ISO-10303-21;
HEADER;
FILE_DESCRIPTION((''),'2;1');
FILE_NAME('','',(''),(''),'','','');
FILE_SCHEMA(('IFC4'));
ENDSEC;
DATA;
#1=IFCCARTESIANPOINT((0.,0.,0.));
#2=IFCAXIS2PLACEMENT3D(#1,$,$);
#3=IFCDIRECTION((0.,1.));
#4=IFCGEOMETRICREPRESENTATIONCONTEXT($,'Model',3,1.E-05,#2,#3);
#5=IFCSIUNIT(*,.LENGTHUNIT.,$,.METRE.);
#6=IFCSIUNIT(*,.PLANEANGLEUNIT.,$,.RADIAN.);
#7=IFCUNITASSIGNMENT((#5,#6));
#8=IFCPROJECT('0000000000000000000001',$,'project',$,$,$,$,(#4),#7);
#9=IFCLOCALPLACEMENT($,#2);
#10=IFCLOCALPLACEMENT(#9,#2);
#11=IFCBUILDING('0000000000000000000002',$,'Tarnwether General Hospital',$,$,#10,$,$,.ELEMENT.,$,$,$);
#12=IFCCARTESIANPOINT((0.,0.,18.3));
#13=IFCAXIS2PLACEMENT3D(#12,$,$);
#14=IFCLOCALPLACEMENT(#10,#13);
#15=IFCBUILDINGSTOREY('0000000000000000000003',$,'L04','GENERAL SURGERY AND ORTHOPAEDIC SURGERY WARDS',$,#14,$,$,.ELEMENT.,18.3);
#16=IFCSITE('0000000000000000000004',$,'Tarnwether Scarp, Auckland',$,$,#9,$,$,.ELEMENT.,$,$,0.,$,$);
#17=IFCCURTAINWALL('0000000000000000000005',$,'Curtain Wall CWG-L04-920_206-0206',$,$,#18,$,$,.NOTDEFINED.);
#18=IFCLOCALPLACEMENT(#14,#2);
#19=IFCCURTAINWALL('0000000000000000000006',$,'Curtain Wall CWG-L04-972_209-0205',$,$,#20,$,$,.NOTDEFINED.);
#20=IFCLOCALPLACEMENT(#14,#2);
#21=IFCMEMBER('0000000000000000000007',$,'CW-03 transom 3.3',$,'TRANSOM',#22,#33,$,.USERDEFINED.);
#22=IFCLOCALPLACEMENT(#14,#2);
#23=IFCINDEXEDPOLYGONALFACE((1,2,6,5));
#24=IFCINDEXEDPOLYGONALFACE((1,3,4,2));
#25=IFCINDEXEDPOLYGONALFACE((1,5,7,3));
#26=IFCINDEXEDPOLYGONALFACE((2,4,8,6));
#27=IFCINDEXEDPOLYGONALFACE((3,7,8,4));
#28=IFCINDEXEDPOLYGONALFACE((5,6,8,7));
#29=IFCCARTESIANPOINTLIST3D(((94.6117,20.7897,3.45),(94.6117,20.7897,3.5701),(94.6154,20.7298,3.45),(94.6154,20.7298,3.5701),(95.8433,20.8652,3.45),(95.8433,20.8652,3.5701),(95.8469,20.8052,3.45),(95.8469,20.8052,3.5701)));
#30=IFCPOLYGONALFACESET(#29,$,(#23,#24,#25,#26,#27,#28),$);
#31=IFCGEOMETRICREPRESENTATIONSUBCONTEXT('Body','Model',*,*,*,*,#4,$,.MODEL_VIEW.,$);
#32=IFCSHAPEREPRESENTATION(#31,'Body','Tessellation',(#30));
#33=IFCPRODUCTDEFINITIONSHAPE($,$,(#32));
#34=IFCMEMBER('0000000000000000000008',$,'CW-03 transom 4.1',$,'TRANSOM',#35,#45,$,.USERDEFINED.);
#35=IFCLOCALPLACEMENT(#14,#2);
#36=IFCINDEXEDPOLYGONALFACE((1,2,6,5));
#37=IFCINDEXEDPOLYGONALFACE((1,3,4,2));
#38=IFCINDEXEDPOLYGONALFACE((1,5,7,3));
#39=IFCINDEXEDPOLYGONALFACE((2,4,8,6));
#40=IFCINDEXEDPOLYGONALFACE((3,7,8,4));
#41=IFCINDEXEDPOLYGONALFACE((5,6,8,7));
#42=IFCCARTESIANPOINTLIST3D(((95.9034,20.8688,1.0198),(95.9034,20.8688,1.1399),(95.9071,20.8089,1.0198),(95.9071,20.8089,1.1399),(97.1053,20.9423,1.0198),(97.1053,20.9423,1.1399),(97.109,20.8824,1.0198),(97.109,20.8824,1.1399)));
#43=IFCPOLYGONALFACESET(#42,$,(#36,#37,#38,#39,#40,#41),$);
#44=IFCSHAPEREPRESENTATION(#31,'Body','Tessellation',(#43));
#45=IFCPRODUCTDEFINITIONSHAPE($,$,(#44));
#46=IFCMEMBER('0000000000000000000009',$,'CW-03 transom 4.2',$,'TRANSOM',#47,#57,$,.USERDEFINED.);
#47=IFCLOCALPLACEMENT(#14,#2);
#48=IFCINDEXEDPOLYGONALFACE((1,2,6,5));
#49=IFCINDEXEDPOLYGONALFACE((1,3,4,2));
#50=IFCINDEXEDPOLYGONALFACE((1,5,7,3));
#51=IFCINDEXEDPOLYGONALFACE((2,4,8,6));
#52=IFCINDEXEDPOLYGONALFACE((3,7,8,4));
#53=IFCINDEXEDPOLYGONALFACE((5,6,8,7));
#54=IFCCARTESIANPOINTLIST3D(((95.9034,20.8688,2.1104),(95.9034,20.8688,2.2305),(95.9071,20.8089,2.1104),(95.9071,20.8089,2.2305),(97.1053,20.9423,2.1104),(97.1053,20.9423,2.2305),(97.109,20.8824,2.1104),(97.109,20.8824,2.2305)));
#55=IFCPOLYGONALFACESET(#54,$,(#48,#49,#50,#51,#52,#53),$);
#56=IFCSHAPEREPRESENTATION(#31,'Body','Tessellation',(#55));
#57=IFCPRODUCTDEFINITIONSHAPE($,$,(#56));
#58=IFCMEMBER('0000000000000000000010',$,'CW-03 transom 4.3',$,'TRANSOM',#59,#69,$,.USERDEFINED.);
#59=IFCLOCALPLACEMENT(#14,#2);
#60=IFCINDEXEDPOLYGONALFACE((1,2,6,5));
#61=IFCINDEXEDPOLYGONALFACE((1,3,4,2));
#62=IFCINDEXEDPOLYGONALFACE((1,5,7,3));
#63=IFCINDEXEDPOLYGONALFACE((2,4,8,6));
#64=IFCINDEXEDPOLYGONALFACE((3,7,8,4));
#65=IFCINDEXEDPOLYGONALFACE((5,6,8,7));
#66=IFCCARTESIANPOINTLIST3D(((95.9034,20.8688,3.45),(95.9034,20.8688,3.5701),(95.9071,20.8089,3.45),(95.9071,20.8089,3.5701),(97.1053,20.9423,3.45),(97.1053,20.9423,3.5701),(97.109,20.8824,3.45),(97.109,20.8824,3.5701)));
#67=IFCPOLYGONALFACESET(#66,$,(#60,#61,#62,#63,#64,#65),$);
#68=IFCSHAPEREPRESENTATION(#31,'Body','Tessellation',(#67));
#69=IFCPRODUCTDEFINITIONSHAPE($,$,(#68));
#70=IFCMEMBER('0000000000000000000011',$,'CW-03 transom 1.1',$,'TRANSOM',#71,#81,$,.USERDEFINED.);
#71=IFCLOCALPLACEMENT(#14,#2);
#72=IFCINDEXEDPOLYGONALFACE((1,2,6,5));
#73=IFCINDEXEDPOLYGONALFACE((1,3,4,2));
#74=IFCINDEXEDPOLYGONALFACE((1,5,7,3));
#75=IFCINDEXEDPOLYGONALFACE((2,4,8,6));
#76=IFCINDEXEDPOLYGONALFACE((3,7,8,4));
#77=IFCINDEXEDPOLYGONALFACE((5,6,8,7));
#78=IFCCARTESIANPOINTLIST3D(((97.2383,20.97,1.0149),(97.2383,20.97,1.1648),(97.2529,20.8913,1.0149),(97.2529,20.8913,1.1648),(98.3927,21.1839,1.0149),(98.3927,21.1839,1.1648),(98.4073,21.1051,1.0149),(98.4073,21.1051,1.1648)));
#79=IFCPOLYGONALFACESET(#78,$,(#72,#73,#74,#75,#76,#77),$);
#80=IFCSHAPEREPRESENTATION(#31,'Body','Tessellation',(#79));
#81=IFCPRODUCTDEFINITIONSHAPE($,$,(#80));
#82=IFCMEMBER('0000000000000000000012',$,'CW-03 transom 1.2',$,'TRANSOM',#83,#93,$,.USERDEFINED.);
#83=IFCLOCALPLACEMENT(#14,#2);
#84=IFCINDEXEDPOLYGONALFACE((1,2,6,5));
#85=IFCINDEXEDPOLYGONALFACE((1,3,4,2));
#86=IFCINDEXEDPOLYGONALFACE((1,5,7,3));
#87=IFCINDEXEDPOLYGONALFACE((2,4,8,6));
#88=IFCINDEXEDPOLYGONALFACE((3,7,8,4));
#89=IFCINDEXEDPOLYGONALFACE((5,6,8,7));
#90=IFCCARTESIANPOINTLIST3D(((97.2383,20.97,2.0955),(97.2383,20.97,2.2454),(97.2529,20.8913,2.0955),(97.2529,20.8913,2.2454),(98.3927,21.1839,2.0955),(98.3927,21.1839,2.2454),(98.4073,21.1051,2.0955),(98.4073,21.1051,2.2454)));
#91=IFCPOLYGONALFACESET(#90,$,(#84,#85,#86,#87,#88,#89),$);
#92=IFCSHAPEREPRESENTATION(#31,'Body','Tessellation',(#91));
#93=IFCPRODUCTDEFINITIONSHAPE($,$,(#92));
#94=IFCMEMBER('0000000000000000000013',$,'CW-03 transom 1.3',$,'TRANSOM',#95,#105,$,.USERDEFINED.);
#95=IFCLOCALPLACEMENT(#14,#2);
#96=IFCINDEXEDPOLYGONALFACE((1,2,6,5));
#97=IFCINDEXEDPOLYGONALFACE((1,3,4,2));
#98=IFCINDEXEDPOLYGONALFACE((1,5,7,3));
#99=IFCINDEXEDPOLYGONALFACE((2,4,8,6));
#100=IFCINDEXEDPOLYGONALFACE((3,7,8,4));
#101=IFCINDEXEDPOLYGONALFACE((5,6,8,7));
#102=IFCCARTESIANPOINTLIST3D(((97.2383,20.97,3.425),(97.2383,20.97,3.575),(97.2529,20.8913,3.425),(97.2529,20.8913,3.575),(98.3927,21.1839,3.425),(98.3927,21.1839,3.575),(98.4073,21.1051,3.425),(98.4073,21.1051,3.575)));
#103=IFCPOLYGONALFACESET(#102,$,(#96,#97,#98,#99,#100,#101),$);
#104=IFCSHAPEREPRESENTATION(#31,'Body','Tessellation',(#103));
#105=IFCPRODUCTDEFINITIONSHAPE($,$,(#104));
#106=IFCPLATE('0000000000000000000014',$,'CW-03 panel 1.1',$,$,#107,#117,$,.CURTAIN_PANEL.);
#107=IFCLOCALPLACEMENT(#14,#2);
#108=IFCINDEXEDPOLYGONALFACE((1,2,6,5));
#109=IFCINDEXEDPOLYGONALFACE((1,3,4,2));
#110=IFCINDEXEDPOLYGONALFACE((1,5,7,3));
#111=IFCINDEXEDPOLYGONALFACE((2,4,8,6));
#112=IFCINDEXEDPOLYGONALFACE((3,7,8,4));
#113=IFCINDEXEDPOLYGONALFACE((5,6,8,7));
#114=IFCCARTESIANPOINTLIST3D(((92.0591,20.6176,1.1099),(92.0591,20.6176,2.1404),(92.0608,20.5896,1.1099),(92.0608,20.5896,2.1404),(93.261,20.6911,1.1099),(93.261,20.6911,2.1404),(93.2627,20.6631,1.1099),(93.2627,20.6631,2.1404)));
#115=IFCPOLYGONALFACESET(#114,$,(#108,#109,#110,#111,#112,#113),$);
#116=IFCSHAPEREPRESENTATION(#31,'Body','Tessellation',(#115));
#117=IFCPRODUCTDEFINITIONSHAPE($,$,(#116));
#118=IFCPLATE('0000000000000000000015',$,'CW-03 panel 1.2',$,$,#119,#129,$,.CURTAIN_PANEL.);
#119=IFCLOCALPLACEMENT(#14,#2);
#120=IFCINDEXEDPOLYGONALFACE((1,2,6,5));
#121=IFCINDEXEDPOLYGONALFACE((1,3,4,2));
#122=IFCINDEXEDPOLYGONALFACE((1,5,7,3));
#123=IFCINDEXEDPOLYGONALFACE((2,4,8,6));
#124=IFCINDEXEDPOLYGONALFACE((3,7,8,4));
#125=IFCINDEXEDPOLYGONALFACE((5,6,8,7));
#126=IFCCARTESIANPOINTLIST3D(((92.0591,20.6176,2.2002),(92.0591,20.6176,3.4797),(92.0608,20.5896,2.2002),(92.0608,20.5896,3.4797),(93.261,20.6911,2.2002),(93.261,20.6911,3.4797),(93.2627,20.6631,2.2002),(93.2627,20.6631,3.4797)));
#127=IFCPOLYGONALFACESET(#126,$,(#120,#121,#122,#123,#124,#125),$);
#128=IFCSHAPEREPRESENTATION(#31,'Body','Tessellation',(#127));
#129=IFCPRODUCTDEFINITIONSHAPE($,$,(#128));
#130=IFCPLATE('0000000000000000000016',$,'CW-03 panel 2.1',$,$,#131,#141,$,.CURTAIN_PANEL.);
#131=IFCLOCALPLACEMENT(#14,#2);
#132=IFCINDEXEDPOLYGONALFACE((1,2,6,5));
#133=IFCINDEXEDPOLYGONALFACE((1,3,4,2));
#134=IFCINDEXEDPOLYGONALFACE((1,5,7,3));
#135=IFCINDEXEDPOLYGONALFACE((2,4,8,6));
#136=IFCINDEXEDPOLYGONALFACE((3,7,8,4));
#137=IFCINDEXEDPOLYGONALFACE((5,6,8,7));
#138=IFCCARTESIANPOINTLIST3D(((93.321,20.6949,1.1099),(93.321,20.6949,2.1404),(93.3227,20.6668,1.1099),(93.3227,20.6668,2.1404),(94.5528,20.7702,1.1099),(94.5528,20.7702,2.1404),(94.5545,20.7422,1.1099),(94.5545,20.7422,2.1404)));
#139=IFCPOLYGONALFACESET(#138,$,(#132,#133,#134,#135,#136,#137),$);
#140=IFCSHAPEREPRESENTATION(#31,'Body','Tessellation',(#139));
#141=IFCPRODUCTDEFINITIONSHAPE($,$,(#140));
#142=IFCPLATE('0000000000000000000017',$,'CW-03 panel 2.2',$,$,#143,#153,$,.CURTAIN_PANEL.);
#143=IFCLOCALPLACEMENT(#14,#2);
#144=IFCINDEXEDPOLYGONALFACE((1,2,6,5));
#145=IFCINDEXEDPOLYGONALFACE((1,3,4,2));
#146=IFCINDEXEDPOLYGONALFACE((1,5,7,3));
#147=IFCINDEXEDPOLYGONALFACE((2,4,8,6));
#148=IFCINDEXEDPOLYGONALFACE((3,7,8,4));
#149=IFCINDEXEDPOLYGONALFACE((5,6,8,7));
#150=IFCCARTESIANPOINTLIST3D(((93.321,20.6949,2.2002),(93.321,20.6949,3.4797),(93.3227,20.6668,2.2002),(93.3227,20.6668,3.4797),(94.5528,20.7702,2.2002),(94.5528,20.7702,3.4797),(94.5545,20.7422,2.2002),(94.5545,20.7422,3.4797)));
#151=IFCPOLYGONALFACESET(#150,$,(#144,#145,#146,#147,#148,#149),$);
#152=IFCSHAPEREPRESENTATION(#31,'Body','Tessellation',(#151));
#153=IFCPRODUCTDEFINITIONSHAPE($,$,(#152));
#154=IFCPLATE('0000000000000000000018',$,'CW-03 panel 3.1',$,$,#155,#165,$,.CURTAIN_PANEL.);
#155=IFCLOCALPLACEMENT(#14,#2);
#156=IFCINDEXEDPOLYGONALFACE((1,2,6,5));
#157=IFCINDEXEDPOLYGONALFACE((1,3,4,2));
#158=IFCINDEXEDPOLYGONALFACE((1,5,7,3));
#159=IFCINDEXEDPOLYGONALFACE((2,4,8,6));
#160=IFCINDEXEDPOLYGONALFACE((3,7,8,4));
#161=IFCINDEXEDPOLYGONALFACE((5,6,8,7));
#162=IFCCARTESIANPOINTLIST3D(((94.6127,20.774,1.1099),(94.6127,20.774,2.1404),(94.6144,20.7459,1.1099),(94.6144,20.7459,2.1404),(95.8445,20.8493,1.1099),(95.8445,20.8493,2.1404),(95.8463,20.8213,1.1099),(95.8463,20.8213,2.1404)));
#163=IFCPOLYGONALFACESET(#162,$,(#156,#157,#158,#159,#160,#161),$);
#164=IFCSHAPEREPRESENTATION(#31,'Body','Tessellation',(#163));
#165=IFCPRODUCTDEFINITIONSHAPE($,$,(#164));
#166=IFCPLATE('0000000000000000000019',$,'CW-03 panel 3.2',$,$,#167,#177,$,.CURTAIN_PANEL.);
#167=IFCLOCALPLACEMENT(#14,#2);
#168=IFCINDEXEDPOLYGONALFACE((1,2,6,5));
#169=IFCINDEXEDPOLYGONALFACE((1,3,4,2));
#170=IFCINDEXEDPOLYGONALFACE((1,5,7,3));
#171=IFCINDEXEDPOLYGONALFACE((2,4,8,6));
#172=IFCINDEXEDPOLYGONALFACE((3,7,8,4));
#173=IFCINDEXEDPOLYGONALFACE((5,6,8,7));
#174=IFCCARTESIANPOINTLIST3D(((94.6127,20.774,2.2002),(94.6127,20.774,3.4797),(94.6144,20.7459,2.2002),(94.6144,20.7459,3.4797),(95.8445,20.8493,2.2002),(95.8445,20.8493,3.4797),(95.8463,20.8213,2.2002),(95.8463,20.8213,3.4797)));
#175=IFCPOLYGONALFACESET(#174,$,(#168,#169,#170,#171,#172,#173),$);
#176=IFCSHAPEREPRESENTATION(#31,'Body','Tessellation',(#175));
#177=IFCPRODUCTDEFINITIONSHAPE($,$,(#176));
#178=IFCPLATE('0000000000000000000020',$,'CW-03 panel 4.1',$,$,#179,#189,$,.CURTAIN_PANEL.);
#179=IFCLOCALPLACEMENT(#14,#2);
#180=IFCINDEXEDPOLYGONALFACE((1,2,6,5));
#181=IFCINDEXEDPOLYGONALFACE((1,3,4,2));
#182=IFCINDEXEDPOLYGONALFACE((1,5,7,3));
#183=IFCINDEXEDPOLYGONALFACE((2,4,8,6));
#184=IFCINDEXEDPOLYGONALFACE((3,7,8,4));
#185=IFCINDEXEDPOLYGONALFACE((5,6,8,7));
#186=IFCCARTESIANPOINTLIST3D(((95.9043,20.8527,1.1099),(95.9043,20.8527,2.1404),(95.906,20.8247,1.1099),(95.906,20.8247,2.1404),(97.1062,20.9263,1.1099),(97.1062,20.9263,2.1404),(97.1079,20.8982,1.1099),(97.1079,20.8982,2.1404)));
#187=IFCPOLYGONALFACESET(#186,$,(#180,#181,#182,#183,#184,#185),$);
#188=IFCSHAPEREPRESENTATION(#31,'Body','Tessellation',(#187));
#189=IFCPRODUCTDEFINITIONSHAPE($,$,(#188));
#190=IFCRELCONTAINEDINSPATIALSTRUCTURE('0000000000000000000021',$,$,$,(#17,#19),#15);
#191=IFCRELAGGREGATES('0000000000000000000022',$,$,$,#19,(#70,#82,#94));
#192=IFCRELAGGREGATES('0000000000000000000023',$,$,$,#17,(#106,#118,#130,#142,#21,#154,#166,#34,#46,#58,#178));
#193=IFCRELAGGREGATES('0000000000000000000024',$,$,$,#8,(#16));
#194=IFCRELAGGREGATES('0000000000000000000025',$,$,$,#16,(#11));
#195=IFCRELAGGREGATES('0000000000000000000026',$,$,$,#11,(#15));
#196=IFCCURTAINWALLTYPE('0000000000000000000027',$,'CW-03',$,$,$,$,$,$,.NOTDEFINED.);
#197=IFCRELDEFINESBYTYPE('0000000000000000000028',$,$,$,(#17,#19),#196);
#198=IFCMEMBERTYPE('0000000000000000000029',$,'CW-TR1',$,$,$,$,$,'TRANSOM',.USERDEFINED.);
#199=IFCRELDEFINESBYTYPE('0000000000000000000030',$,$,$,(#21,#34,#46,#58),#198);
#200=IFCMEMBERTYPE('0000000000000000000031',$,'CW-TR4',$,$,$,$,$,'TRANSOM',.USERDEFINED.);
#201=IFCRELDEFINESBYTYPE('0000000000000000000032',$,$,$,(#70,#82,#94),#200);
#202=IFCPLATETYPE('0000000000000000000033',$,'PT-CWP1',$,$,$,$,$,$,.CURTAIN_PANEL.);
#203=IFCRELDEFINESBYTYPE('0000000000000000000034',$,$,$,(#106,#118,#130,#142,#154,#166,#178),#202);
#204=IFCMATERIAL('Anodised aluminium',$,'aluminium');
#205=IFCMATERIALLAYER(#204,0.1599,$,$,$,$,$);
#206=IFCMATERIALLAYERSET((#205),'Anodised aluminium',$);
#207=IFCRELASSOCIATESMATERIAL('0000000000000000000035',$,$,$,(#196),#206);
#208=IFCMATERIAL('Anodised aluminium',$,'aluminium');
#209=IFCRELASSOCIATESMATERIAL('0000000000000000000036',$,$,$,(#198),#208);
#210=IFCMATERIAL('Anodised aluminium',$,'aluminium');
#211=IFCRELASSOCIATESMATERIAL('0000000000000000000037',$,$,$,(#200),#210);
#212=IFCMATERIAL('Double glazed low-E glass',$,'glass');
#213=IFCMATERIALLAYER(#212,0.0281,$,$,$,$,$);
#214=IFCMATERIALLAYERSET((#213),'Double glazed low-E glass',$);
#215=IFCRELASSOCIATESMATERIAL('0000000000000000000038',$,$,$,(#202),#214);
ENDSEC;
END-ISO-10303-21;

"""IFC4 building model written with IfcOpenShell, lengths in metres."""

from ifc_helpers import new_model, si_unit, direction, frame, origin, origin_2d, place, context, subcontext, project, spatial, rectangle, extrude, material, layer, layer_set, material_profile, profile_set, type_object, element, aggregate, save


model = new_model("IFC4")

# Units and contexts
model_context = context("Model", 3, precision=1e-05, world=origin(), true_north=direction((0.0, 1.0)))
body_context = subcontext(model_context, "Body", "Model", "MODEL_VIEW")
ifc_project = project(units=[si_unit("LENGTHUNIT", "METRE"), si_unit("PLANEANGLEUNIT", "RADIAN")], contexts=[model_context])

# Site, building, storey
site_placement = place(None, origin())
site = spatial("IfcSite", under=ifc_project, at=site_placement, Name="Tarnwether Scarp, Auckland", CompositionType="ELEMENT", RefElevation=0.0)
building_placement = place(site_placement, origin())
building = spatial("IfcBuilding", under=site, at=building_placement, Name="Tarnwether General Hospital", CompositionType="ELEMENT")
storey_placement = place(building_placement, frame((0.0, 0.0, 18.3)))
storey = spatial("IfcBuildingStorey", under=building, at=storey_placement, Name="L04", Description="GENERAL SURGERY AND ORTHOPAEDIC SURGERY WARDS", CompositionType="ELEMENT", Elevation=18.3)

# Curtain wall
ifc_material_1 = material(Name="Anodised aluminium", Category="aluminium")
ifc_layer_1 = layer(ifc_material_1, 0.1599)
ifc_layer_set_1 = layer_set([ifc_layer_1], Name="Anodised aluminium")
curtain_wall_type = type_object("IfcCurtainWallType", Name="CW-03", PredefinedType="NOTDEFINED", material=ifc_layer_set_1)
curtain_wall_1_placement = place(storey_placement, origin())
curtain_wall_1 = element("IfcCurtainWall", 1, at=curtain_wall_1_placement, inside=storey, type_object=curtain_wall_type, Name="Curtain Wall CWG-L04-920_206-0206", PredefinedType="NOTDEFINED")

# Curtain wall
curtain_wall_2_placement = place(storey_placement, origin())
curtain_wall_2 = element("IfcCurtainWall", 2, at=curtain_wall_2_placement, inside=storey, type_object=curtain_wall_type, Name="Curtain Wall CWG-L04-972_209-0205", PredefinedType="NOTDEFINED")

# Members
ifc_material_2 = material(Name="Anodised aluminium", Category="aluminium")
ifc_material_profile_1 = material_profile(ifc_material_2, rectangle(XDim=0.0601, YDim=0.1201, at=origin_2d()), Name="ALU-TRN-60x120")
ifc_profile_set_1 = profile_set([ifc_material_profile_1], Name="Anodised aluminium")
member_type_1 = type_object("IfcMemberType", Name="CW-TR1", ElementType="TRANSOM", PredefinedType="USERDEFINED", material=ifc_profile_set_1)
member_1_placement = place(storey_placement, frame((94.6135, 20.7598, 3.51), z_axis=(0.99813, 0.061134, 0.0), x_axis=(-0.061134, 0.99813, 0.0)))
member_1 = element("IfcMember", 3, at=member_1_placement, type_object=member_type_1, Name="CW-03 transom 3.3", ObjectType="TRANSOM", PredefinedType="USERDEFINED", context=body_context, shape_type="SweptSolid", body=[
    extrude(rectangle(XDim=0.0601, YDim=0.1201, at=origin_2d()), origin(), (0.0, 0.0, 1.0), 1.2339),
])
member_2_placement = place(storey_placement, frame((95.9053, 20.8389, 1.0798), z_axis=(0.998136, 0.061028, 0.0), x_axis=(-0.061028, 0.998136, 0.0)))
member_2 = element("IfcMember", 4, at=member_2_placement, type_object=member_type_1, Name="CW-03 transom 4.1", ObjectType="TRANSOM", PredefinedType="USERDEFINED", context=body_context, shape_type="SweptSolid", body=[
    extrude(rectangle(XDim=0.0601, YDim=0.1201, at=origin_2d()), origin(), (0.0, 0.0, 1.0), 1.2041),
])
member_3_placement = place(storey_placement, frame((95.9053, 20.8389, 2.1704), z_axis=(0.998136, 0.061028, 0.0), x_axis=(-0.061028, 0.998136, 0.0)))
member_3 = element("IfcMember", 5, at=member_3_placement, type_object=member_type_1, Name="CW-03 transom 4.2", ObjectType="TRANSOM", PredefinedType="USERDEFINED", context=body_context, shape_type="SweptSolid", body=[
    extrude(rectangle(XDim=0.0601, YDim=0.1201, at=origin_2d()), origin(), (0.0, 0.0, 1.0), 1.2041),
])
member_4_placement = place(storey_placement, frame((95.9053, 20.8389, 3.51), z_axis=(0.998136, 0.061028, 0.0), x_axis=(-0.061028, 0.998136, 0.0)))
member_4 = element("IfcMember", 6, at=member_4_placement, type_object=member_type_1, Name="CW-03 transom 4.3", ObjectType="TRANSOM", PredefinedType="USERDEFINED", context=body_context, shape_type="SweptSolid", body=[
    extrude(rectangle(XDim=0.0601, YDim=0.1201, at=origin_2d()), origin(), (0.0, 0.0, 1.0), 1.2041),
])
ifc_material_3 = material(Name="Anodised aluminium", Category="aluminium")
ifc_material_profile_2 = material_profile(ifc_material_3, rectangle(XDim=0.0801, YDim=0.1499, at=origin_2d()), Name="ALU-TRN-80x150")
ifc_profile_set_2 = profile_set([ifc_material_profile_2], Name="Anodised aluminium")
member_type_2 = type_object("IfcMemberType", Name="CW-TR4", ElementType="TRANSOM", PredefinedType="USERDEFINED", material=ifc_profile_set_2)
member_5_placement = place(storey_placement, frame((97.2456, 20.9307, 1.0898), z_axis=(0.983272, 0.182141, 0.0), x_axis=(-0.182141, 0.983272, 0.0)))
member_5 = element("IfcMember", 7, at=member_5_placement, type_object=member_type_2, Name="CW-03 transom 1.1", ObjectType="TRANSOM", PredefinedType="USERDEFINED", context=body_context, shape_type="SweptSolid", body=[
    extrude(rectangle(XDim=0.0801, YDim=0.1499, at=origin_2d()), origin(), (0.0, 0.0, 1.0), 1.1741),
])
member_6_placement = place(storey_placement, frame((97.2456, 20.9307, 2.1704), z_axis=(0.983272, 0.182141, 0.0), x_axis=(-0.182141, 0.983272, 0.0)))
member_6 = element("IfcMember", 8, at=member_6_placement, type_object=member_type_2, Name="CW-03 transom 1.2", ObjectType="TRANSOM", PredefinedType="USERDEFINED", context=body_context, shape_type="SweptSolid", body=[
    extrude(rectangle(XDim=0.0801, YDim=0.1499, at=origin_2d()), origin(), (0.0, 0.0, 1.0), 1.1741),
])
member_7_placement = place(storey_placement, frame((97.2456, 20.9307, 3.5), z_axis=(0.983272, 0.182141, 0.0), x_axis=(-0.182141, 0.983272, 0.0)))
member_7 = element("IfcMember", 9, at=member_7_placement, type_object=member_type_2, Name="CW-03 transom 1.3", ObjectType="TRANSOM", PredefinedType="USERDEFINED", context=body_context, shape_type="SweptSolid", body=[
    extrude(rectangle(XDim=0.0801, YDim=0.1499, at=origin_2d()), origin(), (0.0, 0.0, 1.0), 1.1741),
])
aggregate(curtain_wall_2, [member_5, member_6, member_7])

# Plates
ifc_material_4 = material(Name="Double glazed low-E glass", Category="glass")
ifc_layer_2 = layer(ifc_material_4, 0.0281)
ifc_layer_set_2 = layer_set([ifc_layer_2], Name="Double glazed low-E glass")
plate_type_1 = type_object("IfcPlateType", Name="PT-CWP1", PredefinedType="CURTAIN_PANEL", material=ifc_layer_set_2)
plate_1_placement = place(storey_placement, frame((92.6609, 20.6404, 1.1099), z_axis=(0.0, 0.0, 1.0), x_axis=(0.998135, 0.061043, 0.0)))
plate_1 = element("IfcPlate", 10, at=plate_1_placement, type_object=plate_type_1, Name="CW-03 panel 1.1", PredefinedType="CURTAIN_PANEL", context=body_context, shape_type="SweptSolid", body=[
    extrude(rectangle(XDim=1.2041, YDim=0.0281, at=origin_2d()), origin(), (0.0, 0.0, 1.0), 1.0305),
])
plate_2_placement = place(storey_placement, frame((92.6609, 20.6404, 2.2002), z_axis=(0.0, 0.0, 1.0), x_axis=(0.998135, 0.061043, 0.0)))
plate_2 = element("IfcPlate", 11, at=plate_2_placement, type_object=plate_type_1, Name="CW-03 panel 1.2", PredefinedType="CURTAIN_PANEL", context=body_context, shape_type="SweptSolid", body=[
    extrude(rectangle(XDim=1.2041, YDim=0.0281, at=origin_2d()), origin(), (0.0, 0.0, 1.0), 1.2795),
])
plate_3_placement = place(storey_placement, frame((93.9377, 20.7185, 1.1099), z_axis=(0.0, 0.0, 1.0), x_axis=(0.998135, 0.061043, 0.0)))
plate_3 = element("IfcPlate", 12, at=plate_3_placement, type_object=plate_type_1, Name="CW-03 panel 2.1", PredefinedType="CURTAIN_PANEL", context=body_context, shape_type="SweptSolid", body=[
    extrude(rectangle(XDim=1.2341, YDim=0.0281, at=origin_2d()), origin(), (0.0, 0.0, 1.0), 1.0305),
])
plate_4_placement = place(storey_placement, frame((93.9377, 20.7185, 2.2002), z_axis=(0.0, 0.0, 1.0), x_axis=(0.998135, 0.061043, 0.0)))
plate_4 = element("IfcPlate", 13, at=plate_4_placement, type_object=plate_type_1, Name="CW-03 panel 2.2", PredefinedType="CURTAIN_PANEL", context=body_context, shape_type="SweptSolid", body=[
    extrude(rectangle(XDim=1.2341, YDim=0.0281, at=origin_2d()), origin(), (0.0, 0.0, 1.0), 1.2795),
])
plate_5_placement = place(storey_placement, frame((95.2295, 20.7976, 1.1099), z_axis=(0.0, 0.0, 1.0), x_axis=(0.998135, 0.061043, 0.0)))
plate_5 = element("IfcPlate", 14, at=plate_5_placement, type_object=plate_type_1, Name="CW-03 panel 3.1", PredefinedType="CURTAIN_PANEL", context=body_context, shape_type="SweptSolid", body=[
    extrude(rectangle(XDim=1.2341, YDim=0.0281, at=origin_2d()), origin(), (0.0, 0.0, 1.0), 1.0305),
])
plate_6_placement = place(storey_placement, frame((95.2295, 20.7976, 2.2002), z_axis=(0.0, 0.0, 1.0), x_axis=(0.998135, 0.061043, 0.0)))
plate_6 = element("IfcPlate", 15, at=plate_6_placement, type_object=plate_type_1, Name="CW-03 panel 3.2", PredefinedType="CURTAIN_PANEL", context=body_context, shape_type="SweptSolid", body=[
    extrude(rectangle(XDim=1.2341, YDim=0.0281, at=origin_2d()), origin(), (0.0, 0.0, 1.0), 1.2795),
])
plate_7_placement = place(storey_placement, frame((96.5061, 20.8755, 1.1099), z_axis=(0.0, 0.0, 1.0), x_axis=(0.998135, 0.061043, 0.0)))
plate_7 = element("IfcPlate", 16, at=plate_7_placement, type_object=plate_type_1, Name="CW-03 panel 4.1", PredefinedType="CURTAIN_PANEL", context=body_context, shape_type="SweptSolid", body=[
    extrude(rectangle(XDim=1.2041, YDim=0.0281, at=origin_2d()), origin(), (0.0, 0.0, 1.0), 1.0305),
])
aggregate(curtain_wall_1, [plate_1, plate_2, plate_3, plate_4, member_1, plate_5, plate_6, member_2, member_3, member_4, plate_7])

save(model, "model.ifc")
